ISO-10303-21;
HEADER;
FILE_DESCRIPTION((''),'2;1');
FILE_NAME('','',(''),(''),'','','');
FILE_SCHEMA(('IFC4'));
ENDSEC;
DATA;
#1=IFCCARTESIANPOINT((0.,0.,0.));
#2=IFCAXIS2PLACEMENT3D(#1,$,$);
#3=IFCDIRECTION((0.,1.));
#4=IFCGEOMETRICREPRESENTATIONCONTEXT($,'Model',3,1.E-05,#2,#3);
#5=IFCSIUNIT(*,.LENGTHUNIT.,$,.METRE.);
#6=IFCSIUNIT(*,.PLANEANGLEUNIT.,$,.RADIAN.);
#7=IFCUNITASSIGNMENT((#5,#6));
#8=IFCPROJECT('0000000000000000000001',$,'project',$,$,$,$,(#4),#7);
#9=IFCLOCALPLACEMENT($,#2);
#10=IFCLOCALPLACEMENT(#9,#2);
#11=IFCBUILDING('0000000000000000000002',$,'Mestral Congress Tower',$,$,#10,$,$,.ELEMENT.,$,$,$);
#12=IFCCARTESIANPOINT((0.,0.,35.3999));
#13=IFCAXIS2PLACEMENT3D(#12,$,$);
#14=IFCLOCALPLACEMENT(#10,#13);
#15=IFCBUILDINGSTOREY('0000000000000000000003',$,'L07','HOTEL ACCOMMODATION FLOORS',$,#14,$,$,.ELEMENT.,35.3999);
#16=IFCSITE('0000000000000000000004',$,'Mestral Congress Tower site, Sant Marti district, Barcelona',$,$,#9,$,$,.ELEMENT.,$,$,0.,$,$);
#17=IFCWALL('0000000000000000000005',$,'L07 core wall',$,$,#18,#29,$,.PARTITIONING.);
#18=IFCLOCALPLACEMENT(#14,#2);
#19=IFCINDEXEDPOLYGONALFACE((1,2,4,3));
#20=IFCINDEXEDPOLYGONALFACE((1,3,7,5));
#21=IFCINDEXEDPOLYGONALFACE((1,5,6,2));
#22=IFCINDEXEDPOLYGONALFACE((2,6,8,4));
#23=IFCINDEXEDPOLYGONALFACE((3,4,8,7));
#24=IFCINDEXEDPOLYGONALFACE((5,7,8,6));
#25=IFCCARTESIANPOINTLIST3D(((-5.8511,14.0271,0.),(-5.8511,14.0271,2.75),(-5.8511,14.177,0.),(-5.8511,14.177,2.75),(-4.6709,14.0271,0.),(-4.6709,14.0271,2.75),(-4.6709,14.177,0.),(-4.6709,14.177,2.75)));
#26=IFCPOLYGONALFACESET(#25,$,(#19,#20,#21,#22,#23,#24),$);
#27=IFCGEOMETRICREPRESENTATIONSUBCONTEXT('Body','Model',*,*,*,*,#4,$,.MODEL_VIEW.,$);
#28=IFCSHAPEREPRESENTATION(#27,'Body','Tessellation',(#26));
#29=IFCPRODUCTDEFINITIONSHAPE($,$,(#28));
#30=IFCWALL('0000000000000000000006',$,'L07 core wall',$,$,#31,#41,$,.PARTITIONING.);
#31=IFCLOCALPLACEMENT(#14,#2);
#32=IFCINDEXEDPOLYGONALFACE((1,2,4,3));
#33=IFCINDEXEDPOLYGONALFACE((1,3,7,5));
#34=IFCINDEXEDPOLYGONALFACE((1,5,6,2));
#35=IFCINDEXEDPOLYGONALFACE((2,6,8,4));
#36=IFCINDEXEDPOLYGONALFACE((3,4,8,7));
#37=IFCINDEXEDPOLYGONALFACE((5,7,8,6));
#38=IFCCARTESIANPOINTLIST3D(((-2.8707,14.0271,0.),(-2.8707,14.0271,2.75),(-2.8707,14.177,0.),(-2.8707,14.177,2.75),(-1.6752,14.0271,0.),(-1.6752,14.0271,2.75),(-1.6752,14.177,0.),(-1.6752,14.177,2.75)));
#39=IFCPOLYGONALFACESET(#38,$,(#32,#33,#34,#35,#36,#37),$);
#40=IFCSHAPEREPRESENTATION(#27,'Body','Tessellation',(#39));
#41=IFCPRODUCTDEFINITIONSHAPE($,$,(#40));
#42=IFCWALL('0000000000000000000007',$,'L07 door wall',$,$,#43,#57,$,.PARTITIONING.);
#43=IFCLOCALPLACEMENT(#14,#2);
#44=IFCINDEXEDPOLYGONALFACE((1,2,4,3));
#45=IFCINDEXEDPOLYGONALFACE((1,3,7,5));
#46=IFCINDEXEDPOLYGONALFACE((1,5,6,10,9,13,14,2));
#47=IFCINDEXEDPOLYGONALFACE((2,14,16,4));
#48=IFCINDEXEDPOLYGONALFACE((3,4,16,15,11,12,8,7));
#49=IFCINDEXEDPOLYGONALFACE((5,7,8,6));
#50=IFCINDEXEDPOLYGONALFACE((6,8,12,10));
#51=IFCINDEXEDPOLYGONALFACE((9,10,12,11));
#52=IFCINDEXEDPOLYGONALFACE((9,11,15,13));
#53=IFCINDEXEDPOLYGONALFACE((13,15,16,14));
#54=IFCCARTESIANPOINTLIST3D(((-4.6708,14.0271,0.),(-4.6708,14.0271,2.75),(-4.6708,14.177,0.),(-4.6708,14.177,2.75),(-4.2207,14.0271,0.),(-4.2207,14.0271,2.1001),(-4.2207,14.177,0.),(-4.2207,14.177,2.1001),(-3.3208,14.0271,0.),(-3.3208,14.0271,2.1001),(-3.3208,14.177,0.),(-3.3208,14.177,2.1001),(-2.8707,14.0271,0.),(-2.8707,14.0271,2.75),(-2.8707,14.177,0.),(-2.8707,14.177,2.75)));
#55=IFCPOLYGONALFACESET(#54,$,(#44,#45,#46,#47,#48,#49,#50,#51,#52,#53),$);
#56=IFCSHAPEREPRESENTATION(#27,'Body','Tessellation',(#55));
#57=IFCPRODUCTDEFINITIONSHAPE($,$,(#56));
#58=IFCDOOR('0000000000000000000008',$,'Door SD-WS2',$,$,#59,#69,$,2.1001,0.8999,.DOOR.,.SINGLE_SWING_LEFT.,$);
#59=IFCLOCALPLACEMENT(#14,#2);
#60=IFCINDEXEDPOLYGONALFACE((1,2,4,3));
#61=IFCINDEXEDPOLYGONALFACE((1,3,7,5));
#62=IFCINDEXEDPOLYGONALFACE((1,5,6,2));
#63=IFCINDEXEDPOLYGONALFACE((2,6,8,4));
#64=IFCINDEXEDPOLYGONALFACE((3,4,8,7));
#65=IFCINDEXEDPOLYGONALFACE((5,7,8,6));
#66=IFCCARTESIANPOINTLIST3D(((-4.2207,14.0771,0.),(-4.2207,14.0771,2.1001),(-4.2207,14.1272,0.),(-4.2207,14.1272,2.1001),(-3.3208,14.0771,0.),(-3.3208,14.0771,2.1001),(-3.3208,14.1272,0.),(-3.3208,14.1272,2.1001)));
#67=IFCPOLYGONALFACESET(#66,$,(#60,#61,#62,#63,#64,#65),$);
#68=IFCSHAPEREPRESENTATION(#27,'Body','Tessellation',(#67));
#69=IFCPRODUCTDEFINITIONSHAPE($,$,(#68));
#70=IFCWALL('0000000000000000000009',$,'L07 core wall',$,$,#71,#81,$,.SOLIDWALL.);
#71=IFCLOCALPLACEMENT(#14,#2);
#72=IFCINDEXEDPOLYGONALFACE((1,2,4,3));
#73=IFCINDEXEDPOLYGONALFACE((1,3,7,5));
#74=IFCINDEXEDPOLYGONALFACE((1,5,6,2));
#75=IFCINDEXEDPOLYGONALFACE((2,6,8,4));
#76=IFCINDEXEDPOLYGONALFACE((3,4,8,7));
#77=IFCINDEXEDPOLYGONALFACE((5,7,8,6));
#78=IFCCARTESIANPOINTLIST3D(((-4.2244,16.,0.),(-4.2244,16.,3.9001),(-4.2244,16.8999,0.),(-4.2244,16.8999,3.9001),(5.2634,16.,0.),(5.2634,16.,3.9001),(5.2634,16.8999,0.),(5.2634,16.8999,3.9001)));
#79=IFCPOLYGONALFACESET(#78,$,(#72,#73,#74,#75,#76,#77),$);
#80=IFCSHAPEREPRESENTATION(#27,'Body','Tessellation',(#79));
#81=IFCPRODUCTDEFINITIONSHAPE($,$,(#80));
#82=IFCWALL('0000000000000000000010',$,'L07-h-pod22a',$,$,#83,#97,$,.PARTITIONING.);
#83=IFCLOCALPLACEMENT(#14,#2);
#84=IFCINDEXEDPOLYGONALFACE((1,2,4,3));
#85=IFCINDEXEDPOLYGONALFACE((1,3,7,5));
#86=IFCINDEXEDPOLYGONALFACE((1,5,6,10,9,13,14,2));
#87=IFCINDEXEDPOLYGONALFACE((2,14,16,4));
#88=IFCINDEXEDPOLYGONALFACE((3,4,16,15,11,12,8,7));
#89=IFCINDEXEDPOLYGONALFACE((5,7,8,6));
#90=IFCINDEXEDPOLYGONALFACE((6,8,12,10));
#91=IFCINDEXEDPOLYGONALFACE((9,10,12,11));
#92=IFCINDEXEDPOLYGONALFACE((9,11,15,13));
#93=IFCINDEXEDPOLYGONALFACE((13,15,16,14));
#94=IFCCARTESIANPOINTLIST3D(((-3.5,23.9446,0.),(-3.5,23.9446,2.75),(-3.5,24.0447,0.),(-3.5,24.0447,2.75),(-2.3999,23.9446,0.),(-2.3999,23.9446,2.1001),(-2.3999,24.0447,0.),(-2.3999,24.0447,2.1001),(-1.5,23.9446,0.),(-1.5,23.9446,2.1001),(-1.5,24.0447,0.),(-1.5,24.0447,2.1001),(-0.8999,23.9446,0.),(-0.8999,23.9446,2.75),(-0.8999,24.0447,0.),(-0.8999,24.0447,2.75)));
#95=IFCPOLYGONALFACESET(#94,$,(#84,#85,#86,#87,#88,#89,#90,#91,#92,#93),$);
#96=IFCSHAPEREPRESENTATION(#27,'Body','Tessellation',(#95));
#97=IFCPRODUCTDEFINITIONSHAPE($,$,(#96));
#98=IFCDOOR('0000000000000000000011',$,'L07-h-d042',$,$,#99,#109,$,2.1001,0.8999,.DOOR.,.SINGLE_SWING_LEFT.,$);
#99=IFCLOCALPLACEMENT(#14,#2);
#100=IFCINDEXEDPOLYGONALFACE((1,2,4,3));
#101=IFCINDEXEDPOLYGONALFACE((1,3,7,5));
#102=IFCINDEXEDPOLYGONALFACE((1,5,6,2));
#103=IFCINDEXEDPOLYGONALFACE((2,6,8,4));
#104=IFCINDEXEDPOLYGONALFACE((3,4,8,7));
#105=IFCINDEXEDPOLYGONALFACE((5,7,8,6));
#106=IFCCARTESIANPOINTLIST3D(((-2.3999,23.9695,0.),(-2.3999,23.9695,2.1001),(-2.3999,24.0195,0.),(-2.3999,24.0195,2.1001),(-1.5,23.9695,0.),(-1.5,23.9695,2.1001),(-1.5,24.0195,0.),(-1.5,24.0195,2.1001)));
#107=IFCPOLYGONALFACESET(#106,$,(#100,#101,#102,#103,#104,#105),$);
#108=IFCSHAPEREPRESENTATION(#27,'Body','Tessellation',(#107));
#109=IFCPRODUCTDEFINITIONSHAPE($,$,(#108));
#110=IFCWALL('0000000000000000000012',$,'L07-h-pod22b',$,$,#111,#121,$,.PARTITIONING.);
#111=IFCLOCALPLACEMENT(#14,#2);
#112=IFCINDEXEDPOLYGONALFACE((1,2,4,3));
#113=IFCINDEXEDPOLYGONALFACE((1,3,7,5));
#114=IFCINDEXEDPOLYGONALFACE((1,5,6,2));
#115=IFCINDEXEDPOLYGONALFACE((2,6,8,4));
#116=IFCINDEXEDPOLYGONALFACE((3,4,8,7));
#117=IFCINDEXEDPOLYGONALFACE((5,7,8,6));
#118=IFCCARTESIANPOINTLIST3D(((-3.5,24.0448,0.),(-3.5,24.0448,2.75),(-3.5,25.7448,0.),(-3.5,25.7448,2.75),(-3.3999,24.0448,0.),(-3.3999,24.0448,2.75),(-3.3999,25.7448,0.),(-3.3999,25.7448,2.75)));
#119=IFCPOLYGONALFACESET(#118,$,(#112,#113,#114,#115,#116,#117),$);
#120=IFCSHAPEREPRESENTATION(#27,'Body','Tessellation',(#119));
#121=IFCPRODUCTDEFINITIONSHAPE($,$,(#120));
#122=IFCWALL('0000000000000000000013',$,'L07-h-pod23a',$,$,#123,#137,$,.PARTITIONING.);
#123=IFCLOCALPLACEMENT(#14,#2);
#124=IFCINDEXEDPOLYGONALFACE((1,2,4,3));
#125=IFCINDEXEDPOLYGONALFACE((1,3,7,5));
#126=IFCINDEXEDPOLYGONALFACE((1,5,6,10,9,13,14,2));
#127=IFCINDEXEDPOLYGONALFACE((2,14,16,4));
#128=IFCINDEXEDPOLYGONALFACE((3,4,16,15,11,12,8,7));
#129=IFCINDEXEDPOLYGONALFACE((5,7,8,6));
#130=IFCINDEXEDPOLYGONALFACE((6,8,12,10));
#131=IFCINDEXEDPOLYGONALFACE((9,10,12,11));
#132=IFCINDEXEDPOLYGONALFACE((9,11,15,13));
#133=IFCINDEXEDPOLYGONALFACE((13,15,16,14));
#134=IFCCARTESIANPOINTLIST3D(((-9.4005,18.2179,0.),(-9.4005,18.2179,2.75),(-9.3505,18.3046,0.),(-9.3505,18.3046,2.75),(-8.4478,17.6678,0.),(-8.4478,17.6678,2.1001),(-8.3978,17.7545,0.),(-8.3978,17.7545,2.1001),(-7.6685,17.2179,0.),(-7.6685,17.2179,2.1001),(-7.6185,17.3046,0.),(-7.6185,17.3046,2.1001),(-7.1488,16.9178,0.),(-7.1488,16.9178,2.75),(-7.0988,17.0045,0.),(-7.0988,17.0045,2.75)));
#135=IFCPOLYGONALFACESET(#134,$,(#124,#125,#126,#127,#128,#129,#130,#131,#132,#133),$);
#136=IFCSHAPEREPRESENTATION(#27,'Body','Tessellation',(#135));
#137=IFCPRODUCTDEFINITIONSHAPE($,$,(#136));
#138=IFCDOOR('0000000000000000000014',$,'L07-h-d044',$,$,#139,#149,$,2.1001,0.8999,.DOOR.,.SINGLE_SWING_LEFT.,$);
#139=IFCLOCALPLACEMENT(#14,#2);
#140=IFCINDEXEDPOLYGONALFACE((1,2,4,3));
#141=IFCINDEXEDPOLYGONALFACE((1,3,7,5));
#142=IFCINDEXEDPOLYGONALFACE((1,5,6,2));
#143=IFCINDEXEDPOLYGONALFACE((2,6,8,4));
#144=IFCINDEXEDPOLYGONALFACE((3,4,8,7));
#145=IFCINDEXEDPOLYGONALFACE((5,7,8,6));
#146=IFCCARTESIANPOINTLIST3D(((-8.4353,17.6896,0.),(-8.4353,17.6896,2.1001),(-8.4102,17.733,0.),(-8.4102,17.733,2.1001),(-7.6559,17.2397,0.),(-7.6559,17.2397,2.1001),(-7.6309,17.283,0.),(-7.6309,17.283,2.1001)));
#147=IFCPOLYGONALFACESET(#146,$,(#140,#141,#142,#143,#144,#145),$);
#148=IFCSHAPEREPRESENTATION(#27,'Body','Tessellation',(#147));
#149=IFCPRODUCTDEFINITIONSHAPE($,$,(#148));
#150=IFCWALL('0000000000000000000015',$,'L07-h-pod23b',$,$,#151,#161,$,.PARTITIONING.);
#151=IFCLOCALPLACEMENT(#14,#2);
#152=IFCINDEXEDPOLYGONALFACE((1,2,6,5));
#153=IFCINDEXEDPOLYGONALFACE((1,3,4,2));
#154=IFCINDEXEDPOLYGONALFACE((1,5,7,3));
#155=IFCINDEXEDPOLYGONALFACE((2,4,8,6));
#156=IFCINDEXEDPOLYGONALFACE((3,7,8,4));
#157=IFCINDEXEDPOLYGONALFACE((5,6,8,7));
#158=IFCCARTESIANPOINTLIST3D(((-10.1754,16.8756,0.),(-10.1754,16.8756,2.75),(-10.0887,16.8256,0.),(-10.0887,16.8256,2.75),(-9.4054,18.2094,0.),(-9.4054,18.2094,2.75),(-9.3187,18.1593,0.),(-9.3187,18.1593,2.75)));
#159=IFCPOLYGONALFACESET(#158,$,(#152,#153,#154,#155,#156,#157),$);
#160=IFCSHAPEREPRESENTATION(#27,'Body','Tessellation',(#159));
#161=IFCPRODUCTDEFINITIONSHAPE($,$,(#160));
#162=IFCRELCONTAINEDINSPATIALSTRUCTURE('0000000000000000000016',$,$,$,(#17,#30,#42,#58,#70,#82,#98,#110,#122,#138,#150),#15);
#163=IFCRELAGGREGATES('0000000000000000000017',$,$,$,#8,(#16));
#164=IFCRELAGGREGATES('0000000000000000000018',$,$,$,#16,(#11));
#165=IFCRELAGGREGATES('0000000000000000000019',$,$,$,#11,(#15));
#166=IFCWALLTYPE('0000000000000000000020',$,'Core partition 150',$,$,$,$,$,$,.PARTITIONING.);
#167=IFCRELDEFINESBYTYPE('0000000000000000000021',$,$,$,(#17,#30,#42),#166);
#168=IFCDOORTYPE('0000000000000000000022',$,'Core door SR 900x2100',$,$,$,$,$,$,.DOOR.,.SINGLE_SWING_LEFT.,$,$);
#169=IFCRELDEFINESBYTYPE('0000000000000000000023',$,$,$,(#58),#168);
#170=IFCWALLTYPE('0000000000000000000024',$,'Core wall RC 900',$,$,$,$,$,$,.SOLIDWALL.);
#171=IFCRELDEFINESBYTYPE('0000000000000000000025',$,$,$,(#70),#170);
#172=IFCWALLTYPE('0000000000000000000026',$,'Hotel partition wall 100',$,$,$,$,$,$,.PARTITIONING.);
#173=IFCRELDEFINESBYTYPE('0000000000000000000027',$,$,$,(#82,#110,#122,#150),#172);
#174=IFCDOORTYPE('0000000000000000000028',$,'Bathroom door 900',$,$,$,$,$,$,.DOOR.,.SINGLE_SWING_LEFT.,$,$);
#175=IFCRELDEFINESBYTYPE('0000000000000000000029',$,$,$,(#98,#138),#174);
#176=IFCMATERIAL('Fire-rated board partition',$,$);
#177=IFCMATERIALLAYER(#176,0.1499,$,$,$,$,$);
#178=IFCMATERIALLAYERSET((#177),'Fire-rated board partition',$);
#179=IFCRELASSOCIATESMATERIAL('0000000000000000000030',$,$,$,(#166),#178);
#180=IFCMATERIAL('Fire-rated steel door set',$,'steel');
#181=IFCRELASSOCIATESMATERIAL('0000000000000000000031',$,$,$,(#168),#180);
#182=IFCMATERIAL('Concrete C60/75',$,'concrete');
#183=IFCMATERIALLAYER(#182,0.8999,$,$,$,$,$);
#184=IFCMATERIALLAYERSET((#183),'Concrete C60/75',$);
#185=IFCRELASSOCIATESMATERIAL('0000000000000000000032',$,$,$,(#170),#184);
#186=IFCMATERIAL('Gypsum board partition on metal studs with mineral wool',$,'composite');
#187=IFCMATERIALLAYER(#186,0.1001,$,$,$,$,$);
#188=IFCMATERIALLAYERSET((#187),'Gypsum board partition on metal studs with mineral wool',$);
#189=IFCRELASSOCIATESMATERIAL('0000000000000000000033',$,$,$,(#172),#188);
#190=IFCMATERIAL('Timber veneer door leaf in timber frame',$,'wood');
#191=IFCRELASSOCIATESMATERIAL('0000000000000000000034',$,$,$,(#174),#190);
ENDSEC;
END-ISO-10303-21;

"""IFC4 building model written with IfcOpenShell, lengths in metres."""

from ifc_helpers import new_model, si_unit, direction, frame, frame_2d, origin, place, context, subcontext, project, spatial, rectangle, extrude, material, layer, layer_set, type_object, element, fill, save


model = new_model("IFC4")

# Units and contexts
model_context = context("Model", 3, precision=1e-05, world=origin(), true_north=direction((0.0, 1.0)))
body_context = subcontext(model_context, "Body", "Model", "MODEL_VIEW")
ifc_project = project(units=[si_unit("LENGTHUNIT", "METRE"), si_unit("PLANEANGLEUNIT", "RADIAN")], contexts=[model_context])

# Site, building, storey
site_placement = place(None, origin())
site = spatial("IfcSite", under=ifc_project, at=site_placement, Name="Mestral Congress Tower site, Sant Marti district, Barcelona", CompositionType="ELEMENT", RefElevation=0.0)
building_placement = place(site_placement, origin())
building = spatial("IfcBuilding", under=site, at=building_placement, Name="Mestral Congress Tower", CompositionType="ELEMENT")
storey_placement = place(building_placement, frame((0.0, 0.0, 35.3999)))
storey = spatial("IfcBuildingStorey", under=building, at=storey_placement, Name="L07", Description="HOTEL ACCOMMODATION FLOORS", CompositionType="ELEMENT", Elevation=35.3999)

# Walls
ifc_material_1 = material(Name="Fire-rated board partition")
ifc_layer_1 = layer(ifc_material_1, 0.1499)
ifc_layer_set_1 = layer_set([ifc_layer_1], Name="Fire-rated board partition")
wall_type_1 = type_object("IfcWallType", Name="Core partition 150", PredefinedType="PARTITIONING", material=ifc_layer_set_1)
wall_1_placement = place(storey_placement, frame((-5.8511, 14.1021, 0.0), z_axis=(0.0, 0.0, 1.0), x_axis=(1.0, 0.0, 0.0)))
element("IfcWall", 1, at=wall_1_placement, inside=storey, type_object=wall_type_1, Name="L07 core wall", PredefinedType="PARTITIONING", context=body_context, shape_type="SweptSolid", body=[
    extrude(rectangle(XDim=1.1802, YDim=0.1499, at=frame_2d((0.5901, 0.0))), origin(), (0.0, 0.0, 1.0), 2.75),
])
wall_2_placement = place(storey_placement, frame((-2.8706, 14.1021, 0.0), z_axis=(0.0, 0.0, 1.0), x_axis=(1.0, 0.0, 0.0)))
element("IfcWall", 2, at=wall_2_placement, inside=storey, type_object=wall_type_1, Name="L07 core wall", PredefinedType="PARTITIONING", context=body_context, shape_type="SweptSolid", body=[
    extrude(rectangle(XDim=1.1956, YDim=0.1499, at=frame_2d((0.5977, 0.0))), origin(), (0.0, 0.0, 1.0), 2.75),
])

# Wall, opening, door
wall_3_placement = place(storey_placement, frame((-2.8708, 14.1021, 0.0), z_axis=(0.0, 0.0, 1.0), x_axis=(-1.0, 0.0, 0.0)))
wall_3 = element("IfcWall", 3, at=wall_3_placement, inside=storey, type_object=wall_type_1, Name="L07 door wall", PredefinedType="PARTITIONING", context=body_context, shape_type="SweptSolid", body=[
    extrude(rectangle(XDim=1.8, YDim=0.1499, at=frame_2d((0.8999, 0.0))), origin(), (0.0, 0.0, 1.0), 2.75),
])
opening_1_placement = place(wall_3_placement, frame((0.45, 0.0, 0.0)))
opening_1 = element("IfcOpeningElement", 4, at=opening_1_placement, cuts=wall_3, PredefinedType="OPENING", context=body_context, shape_type="SweptSolid", body=[
    extrude(rectangle(XDim=0.8999, YDim=2.1001, at=frame_2d((0.45, 1.05))), frame((0.0, 0.085, 0.0), z_axis=(0.0, -1.0, 0.0), x_axis=(1.0, 0.0, 0.0)), (0.0, 0.0, 1.0), 0.1699),
])
ifc_material_2 = material(Name="Fire-rated steel door set", Category="steel")
door_type_1 = type_object("IfcDoorType", Name="Core door SR 900x2100", OperationType="SINGLE_SWING_LEFT", PredefinedType="DOOR", material=ifc_material_2)
door_1_placement = place(opening_1_placement, origin())
door_1 = element("IfcDoor", 5, at=door_1_placement, inside=storey, type_object=door_type_1, Name="Door SD-WS2", OperationType="SINGLE_SWING_LEFT", OverallHeight=2.1001, OverallWidth=0.8999, PredefinedType="DOOR", context=body_context, shape_type="SweptSolid", body=[
    extrude(rectangle(XDim=0.8999, YDim=2.1001, at=frame_2d((0.45, 1.05))), frame((0.0, 0.0249, 0.0), z_axis=(0.0, -1.0, 0.0), x_axis=(1.0, 0.0, 0.0)), (0.0, 0.0, 1.0), 0.05),
])
fill(opening_1, door_1)

# Wall
ifc_material_3 = material(Name="Concrete C60/75", Category="concrete")
ifc_layer_2 = layer(ifc_material_3, 0.8999)
ifc_layer_set_2 = layer_set([ifc_layer_2], Name="Concrete C60/75")
wall_type_2 = type_object("IfcWallType", Name="Core wall RC 900", PredefinedType="SOLIDWALL", material=ifc_layer_set_2)
wall_4_placement = place(storey_placement, frame((-4.2244, 16.45, 0.0), z_axis=(0.0, 0.0, 1.0), x_axis=(1.0, 0.0, 0.0)))
element("IfcWall", 6, at=wall_4_placement, inside=storey, type_object=wall_type_2, Name="L07 core wall", PredefinedType="SOLIDWALL", context=body_context, shape_type="SweptSolid", body=[
    extrude(rectangle(XDim=9.4878, YDim=0.8999, at=frame_2d((4.7439, 0.0))), origin(), (0.0, 0.0, 1.0), 3.9001),
])

# Wall, opening, door
ifc_material_4 = material(Name="Gypsum board partition on metal studs with mineral wool", Category="composite")
ifc_layer_3 = layer(ifc_material_4, 0.1001)
ifc_layer_set_3 = layer_set([ifc_layer_3], Name="Gypsum board partition on metal studs with mineral wool")
wall_type_3 = type_object("IfcWallType", Name="Hotel partition wall 100", PredefinedType="PARTITIONING", material=ifc_layer_set_3)
wall_5_placement = place(storey_placement, frame((-3.5, 23.9946, 0.0), z_axis=(0.0, 0.0, 1.0), x_axis=(1.0, 0.0, 0.0)))
wall_5 = element("IfcWall", 7, at=wall_5_placement, inside=storey, type_object=wall_type_3, Name="L07-h-pod22a", PredefinedType="PARTITIONING", context=body_context, shape_type="SweptSolid", body=[
    extrude(rectangle(XDim=2.6001, YDim=0.1001, at=frame_2d((1.3, 0.0))), origin(), (0.0, 0.0, 1.0), 2.75),
])
opening_2_placement = place(wall_5_placement, frame((1.1001, 0.0, 0.0)))
opening_2 = element("IfcOpeningElement", 8, at=opening_2_placement, cuts=wall_5, PredefinedType="OPENING", context=body_context, shape_type="SweptSolid", body=[
    extrude(rectangle(XDim=0.8999, YDim=2.1001, at=frame_2d((0.45, 1.05))), frame((0.0, 0.0601, 0.0), z_axis=(0.0, -1.0, 0.0), x_axis=(1.0, 0.0, 0.0)), (0.0, 0.0, 1.0), 0.1201),
])
ifc_material_5 = material(Name="Timber veneer door leaf in timber frame", Category="wood")
door_type_2 = type_object("IfcDoorType", Name="Bathroom door 900", OperationType="SINGLE_SWING_LEFT", PredefinedType="DOOR", material=ifc_material_5)
door_2_placement = place(opening_2_placement, origin())
door_2 = element("IfcDoor", 9, at=door_2_placement, inside=storey, type_object=door_type_2, Name="L07-h-d042", OperationType="SINGLE_SWING_LEFT", OverallHeight=2.1001, OverallWidth=0.8999, PredefinedType="DOOR", context=body_context, shape_type="SweptSolid", body=[
    extrude(rectangle(XDim=0.8999, YDim=2.1001, at=frame_2d((0.45, 1.05))), frame((0.0, 0.0249, 0.0), z_axis=(0.0, -1.0, 0.0), x_axis=(1.0, 0.0, 0.0)), (0.0, 0.0, 1.0), 0.05),
])
fill(opening_2, door_2)

# Wall
wall_6_placement = place(storey_placement, frame((-3.45, 24.0447, 0.0), z_axis=(0.0, 0.0, 1.0), x_axis=(0.0, 1.0, 0.0)))
element("IfcWall", 10, at=wall_6_placement, inside=storey, type_object=wall_type_3, Name="L07-h-pod22b", PredefinedType="PARTITIONING", context=body_context, shape_type="SweptSolid", body=[
    extrude(rectangle(XDim=1.7, YDim=0.1001, at=frame_2d((0.8501, 0.0))), origin(), (0.0, 0.0, 1.0), 2.75),
])

# Wall, opening, door
wall_7_placement = place(storey_placement, frame((-7.1238, 16.9612, 0.0), z_axis=(0.0, 0.0, 1.0), x_axis=(-0.866021, 0.500007, 0.0)))
wall_7 = element("IfcWall", 11, at=wall_7_placement, inside=storey, type_object=wall_type_3, Name="L07-h-pod23a", PredefinedType="PARTITIONING", context=body_context, shape_type="SweptSolid", body=[
    extrude(rectangle(XDim=2.6001, YDim=0.1001, at=frame_2d((1.3, 0.0))), origin(), (0.0, 0.0, 1.0), 2.75),
])
opening_3_placement = place(wall_7_placement, frame((0.6001, 0.0, 0.0)))
opening_3 = element("IfcOpeningElement", 12, at=opening_3_placement, cuts=wall_7, PredefinedType="OPENING", context=body_context, shape_type="SweptSolid", body=[
    extrude(rectangle(XDim=0.8999, YDim=2.1001, at=frame_2d((0.45, 1.05))), frame((0.0, 0.0601, 0.0), z_axis=(0.0, -1.0, 0.0), x_axis=(1.0, 0.0, 0.0)), (0.0, 0.0, 1.0), 0.1201),
])
door_3_placement = place(opening_3_placement, origin())
door_3 = element("IfcDoor", 13, at=door_3_placement, inside=storey, type_object=door_type_2, Name="L07-h-d044", OperationType="SINGLE_SWING_LEFT", OverallHeight=2.1001, OverallWidth=0.8999, PredefinedType="DOOR", context=body_context, shape_type="SweptSolid", body=[
    extrude(rectangle(XDim=0.8999, YDim=2.1001, at=frame_2d((0.45, 1.05))), frame((0.0, 0.0249, 0.0), z_axis=(0.0, -1.0, 0.0), x_axis=(1.0, 0.0, 0.0)), (0.0, 0.0, 1.0), 0.05),
])
fill(opening_3, door_3)

# Wall
wall_8_placement = place(storey_placement, frame((-9.3621, 18.1843, 0.0), z_axis=(0.0, 0.0, 1.0), x_axis=(-0.499992, -0.86603, 0.0)))
element("IfcWall", 14, at=wall_8_placement, inside=storey, type_object=wall_type_3, Name="L07-h-pod23b", PredefinedType="PARTITIONING", context=body_context, shape_type="SweptSolid", body=[
    extrude(rectangle(XDim=1.54, YDim=0.1001, at=frame_2d((0.77, 0.0))), origin(), (0.0, 0.0, 1.0), 2.75),
])

save(model, "model.ifc")
